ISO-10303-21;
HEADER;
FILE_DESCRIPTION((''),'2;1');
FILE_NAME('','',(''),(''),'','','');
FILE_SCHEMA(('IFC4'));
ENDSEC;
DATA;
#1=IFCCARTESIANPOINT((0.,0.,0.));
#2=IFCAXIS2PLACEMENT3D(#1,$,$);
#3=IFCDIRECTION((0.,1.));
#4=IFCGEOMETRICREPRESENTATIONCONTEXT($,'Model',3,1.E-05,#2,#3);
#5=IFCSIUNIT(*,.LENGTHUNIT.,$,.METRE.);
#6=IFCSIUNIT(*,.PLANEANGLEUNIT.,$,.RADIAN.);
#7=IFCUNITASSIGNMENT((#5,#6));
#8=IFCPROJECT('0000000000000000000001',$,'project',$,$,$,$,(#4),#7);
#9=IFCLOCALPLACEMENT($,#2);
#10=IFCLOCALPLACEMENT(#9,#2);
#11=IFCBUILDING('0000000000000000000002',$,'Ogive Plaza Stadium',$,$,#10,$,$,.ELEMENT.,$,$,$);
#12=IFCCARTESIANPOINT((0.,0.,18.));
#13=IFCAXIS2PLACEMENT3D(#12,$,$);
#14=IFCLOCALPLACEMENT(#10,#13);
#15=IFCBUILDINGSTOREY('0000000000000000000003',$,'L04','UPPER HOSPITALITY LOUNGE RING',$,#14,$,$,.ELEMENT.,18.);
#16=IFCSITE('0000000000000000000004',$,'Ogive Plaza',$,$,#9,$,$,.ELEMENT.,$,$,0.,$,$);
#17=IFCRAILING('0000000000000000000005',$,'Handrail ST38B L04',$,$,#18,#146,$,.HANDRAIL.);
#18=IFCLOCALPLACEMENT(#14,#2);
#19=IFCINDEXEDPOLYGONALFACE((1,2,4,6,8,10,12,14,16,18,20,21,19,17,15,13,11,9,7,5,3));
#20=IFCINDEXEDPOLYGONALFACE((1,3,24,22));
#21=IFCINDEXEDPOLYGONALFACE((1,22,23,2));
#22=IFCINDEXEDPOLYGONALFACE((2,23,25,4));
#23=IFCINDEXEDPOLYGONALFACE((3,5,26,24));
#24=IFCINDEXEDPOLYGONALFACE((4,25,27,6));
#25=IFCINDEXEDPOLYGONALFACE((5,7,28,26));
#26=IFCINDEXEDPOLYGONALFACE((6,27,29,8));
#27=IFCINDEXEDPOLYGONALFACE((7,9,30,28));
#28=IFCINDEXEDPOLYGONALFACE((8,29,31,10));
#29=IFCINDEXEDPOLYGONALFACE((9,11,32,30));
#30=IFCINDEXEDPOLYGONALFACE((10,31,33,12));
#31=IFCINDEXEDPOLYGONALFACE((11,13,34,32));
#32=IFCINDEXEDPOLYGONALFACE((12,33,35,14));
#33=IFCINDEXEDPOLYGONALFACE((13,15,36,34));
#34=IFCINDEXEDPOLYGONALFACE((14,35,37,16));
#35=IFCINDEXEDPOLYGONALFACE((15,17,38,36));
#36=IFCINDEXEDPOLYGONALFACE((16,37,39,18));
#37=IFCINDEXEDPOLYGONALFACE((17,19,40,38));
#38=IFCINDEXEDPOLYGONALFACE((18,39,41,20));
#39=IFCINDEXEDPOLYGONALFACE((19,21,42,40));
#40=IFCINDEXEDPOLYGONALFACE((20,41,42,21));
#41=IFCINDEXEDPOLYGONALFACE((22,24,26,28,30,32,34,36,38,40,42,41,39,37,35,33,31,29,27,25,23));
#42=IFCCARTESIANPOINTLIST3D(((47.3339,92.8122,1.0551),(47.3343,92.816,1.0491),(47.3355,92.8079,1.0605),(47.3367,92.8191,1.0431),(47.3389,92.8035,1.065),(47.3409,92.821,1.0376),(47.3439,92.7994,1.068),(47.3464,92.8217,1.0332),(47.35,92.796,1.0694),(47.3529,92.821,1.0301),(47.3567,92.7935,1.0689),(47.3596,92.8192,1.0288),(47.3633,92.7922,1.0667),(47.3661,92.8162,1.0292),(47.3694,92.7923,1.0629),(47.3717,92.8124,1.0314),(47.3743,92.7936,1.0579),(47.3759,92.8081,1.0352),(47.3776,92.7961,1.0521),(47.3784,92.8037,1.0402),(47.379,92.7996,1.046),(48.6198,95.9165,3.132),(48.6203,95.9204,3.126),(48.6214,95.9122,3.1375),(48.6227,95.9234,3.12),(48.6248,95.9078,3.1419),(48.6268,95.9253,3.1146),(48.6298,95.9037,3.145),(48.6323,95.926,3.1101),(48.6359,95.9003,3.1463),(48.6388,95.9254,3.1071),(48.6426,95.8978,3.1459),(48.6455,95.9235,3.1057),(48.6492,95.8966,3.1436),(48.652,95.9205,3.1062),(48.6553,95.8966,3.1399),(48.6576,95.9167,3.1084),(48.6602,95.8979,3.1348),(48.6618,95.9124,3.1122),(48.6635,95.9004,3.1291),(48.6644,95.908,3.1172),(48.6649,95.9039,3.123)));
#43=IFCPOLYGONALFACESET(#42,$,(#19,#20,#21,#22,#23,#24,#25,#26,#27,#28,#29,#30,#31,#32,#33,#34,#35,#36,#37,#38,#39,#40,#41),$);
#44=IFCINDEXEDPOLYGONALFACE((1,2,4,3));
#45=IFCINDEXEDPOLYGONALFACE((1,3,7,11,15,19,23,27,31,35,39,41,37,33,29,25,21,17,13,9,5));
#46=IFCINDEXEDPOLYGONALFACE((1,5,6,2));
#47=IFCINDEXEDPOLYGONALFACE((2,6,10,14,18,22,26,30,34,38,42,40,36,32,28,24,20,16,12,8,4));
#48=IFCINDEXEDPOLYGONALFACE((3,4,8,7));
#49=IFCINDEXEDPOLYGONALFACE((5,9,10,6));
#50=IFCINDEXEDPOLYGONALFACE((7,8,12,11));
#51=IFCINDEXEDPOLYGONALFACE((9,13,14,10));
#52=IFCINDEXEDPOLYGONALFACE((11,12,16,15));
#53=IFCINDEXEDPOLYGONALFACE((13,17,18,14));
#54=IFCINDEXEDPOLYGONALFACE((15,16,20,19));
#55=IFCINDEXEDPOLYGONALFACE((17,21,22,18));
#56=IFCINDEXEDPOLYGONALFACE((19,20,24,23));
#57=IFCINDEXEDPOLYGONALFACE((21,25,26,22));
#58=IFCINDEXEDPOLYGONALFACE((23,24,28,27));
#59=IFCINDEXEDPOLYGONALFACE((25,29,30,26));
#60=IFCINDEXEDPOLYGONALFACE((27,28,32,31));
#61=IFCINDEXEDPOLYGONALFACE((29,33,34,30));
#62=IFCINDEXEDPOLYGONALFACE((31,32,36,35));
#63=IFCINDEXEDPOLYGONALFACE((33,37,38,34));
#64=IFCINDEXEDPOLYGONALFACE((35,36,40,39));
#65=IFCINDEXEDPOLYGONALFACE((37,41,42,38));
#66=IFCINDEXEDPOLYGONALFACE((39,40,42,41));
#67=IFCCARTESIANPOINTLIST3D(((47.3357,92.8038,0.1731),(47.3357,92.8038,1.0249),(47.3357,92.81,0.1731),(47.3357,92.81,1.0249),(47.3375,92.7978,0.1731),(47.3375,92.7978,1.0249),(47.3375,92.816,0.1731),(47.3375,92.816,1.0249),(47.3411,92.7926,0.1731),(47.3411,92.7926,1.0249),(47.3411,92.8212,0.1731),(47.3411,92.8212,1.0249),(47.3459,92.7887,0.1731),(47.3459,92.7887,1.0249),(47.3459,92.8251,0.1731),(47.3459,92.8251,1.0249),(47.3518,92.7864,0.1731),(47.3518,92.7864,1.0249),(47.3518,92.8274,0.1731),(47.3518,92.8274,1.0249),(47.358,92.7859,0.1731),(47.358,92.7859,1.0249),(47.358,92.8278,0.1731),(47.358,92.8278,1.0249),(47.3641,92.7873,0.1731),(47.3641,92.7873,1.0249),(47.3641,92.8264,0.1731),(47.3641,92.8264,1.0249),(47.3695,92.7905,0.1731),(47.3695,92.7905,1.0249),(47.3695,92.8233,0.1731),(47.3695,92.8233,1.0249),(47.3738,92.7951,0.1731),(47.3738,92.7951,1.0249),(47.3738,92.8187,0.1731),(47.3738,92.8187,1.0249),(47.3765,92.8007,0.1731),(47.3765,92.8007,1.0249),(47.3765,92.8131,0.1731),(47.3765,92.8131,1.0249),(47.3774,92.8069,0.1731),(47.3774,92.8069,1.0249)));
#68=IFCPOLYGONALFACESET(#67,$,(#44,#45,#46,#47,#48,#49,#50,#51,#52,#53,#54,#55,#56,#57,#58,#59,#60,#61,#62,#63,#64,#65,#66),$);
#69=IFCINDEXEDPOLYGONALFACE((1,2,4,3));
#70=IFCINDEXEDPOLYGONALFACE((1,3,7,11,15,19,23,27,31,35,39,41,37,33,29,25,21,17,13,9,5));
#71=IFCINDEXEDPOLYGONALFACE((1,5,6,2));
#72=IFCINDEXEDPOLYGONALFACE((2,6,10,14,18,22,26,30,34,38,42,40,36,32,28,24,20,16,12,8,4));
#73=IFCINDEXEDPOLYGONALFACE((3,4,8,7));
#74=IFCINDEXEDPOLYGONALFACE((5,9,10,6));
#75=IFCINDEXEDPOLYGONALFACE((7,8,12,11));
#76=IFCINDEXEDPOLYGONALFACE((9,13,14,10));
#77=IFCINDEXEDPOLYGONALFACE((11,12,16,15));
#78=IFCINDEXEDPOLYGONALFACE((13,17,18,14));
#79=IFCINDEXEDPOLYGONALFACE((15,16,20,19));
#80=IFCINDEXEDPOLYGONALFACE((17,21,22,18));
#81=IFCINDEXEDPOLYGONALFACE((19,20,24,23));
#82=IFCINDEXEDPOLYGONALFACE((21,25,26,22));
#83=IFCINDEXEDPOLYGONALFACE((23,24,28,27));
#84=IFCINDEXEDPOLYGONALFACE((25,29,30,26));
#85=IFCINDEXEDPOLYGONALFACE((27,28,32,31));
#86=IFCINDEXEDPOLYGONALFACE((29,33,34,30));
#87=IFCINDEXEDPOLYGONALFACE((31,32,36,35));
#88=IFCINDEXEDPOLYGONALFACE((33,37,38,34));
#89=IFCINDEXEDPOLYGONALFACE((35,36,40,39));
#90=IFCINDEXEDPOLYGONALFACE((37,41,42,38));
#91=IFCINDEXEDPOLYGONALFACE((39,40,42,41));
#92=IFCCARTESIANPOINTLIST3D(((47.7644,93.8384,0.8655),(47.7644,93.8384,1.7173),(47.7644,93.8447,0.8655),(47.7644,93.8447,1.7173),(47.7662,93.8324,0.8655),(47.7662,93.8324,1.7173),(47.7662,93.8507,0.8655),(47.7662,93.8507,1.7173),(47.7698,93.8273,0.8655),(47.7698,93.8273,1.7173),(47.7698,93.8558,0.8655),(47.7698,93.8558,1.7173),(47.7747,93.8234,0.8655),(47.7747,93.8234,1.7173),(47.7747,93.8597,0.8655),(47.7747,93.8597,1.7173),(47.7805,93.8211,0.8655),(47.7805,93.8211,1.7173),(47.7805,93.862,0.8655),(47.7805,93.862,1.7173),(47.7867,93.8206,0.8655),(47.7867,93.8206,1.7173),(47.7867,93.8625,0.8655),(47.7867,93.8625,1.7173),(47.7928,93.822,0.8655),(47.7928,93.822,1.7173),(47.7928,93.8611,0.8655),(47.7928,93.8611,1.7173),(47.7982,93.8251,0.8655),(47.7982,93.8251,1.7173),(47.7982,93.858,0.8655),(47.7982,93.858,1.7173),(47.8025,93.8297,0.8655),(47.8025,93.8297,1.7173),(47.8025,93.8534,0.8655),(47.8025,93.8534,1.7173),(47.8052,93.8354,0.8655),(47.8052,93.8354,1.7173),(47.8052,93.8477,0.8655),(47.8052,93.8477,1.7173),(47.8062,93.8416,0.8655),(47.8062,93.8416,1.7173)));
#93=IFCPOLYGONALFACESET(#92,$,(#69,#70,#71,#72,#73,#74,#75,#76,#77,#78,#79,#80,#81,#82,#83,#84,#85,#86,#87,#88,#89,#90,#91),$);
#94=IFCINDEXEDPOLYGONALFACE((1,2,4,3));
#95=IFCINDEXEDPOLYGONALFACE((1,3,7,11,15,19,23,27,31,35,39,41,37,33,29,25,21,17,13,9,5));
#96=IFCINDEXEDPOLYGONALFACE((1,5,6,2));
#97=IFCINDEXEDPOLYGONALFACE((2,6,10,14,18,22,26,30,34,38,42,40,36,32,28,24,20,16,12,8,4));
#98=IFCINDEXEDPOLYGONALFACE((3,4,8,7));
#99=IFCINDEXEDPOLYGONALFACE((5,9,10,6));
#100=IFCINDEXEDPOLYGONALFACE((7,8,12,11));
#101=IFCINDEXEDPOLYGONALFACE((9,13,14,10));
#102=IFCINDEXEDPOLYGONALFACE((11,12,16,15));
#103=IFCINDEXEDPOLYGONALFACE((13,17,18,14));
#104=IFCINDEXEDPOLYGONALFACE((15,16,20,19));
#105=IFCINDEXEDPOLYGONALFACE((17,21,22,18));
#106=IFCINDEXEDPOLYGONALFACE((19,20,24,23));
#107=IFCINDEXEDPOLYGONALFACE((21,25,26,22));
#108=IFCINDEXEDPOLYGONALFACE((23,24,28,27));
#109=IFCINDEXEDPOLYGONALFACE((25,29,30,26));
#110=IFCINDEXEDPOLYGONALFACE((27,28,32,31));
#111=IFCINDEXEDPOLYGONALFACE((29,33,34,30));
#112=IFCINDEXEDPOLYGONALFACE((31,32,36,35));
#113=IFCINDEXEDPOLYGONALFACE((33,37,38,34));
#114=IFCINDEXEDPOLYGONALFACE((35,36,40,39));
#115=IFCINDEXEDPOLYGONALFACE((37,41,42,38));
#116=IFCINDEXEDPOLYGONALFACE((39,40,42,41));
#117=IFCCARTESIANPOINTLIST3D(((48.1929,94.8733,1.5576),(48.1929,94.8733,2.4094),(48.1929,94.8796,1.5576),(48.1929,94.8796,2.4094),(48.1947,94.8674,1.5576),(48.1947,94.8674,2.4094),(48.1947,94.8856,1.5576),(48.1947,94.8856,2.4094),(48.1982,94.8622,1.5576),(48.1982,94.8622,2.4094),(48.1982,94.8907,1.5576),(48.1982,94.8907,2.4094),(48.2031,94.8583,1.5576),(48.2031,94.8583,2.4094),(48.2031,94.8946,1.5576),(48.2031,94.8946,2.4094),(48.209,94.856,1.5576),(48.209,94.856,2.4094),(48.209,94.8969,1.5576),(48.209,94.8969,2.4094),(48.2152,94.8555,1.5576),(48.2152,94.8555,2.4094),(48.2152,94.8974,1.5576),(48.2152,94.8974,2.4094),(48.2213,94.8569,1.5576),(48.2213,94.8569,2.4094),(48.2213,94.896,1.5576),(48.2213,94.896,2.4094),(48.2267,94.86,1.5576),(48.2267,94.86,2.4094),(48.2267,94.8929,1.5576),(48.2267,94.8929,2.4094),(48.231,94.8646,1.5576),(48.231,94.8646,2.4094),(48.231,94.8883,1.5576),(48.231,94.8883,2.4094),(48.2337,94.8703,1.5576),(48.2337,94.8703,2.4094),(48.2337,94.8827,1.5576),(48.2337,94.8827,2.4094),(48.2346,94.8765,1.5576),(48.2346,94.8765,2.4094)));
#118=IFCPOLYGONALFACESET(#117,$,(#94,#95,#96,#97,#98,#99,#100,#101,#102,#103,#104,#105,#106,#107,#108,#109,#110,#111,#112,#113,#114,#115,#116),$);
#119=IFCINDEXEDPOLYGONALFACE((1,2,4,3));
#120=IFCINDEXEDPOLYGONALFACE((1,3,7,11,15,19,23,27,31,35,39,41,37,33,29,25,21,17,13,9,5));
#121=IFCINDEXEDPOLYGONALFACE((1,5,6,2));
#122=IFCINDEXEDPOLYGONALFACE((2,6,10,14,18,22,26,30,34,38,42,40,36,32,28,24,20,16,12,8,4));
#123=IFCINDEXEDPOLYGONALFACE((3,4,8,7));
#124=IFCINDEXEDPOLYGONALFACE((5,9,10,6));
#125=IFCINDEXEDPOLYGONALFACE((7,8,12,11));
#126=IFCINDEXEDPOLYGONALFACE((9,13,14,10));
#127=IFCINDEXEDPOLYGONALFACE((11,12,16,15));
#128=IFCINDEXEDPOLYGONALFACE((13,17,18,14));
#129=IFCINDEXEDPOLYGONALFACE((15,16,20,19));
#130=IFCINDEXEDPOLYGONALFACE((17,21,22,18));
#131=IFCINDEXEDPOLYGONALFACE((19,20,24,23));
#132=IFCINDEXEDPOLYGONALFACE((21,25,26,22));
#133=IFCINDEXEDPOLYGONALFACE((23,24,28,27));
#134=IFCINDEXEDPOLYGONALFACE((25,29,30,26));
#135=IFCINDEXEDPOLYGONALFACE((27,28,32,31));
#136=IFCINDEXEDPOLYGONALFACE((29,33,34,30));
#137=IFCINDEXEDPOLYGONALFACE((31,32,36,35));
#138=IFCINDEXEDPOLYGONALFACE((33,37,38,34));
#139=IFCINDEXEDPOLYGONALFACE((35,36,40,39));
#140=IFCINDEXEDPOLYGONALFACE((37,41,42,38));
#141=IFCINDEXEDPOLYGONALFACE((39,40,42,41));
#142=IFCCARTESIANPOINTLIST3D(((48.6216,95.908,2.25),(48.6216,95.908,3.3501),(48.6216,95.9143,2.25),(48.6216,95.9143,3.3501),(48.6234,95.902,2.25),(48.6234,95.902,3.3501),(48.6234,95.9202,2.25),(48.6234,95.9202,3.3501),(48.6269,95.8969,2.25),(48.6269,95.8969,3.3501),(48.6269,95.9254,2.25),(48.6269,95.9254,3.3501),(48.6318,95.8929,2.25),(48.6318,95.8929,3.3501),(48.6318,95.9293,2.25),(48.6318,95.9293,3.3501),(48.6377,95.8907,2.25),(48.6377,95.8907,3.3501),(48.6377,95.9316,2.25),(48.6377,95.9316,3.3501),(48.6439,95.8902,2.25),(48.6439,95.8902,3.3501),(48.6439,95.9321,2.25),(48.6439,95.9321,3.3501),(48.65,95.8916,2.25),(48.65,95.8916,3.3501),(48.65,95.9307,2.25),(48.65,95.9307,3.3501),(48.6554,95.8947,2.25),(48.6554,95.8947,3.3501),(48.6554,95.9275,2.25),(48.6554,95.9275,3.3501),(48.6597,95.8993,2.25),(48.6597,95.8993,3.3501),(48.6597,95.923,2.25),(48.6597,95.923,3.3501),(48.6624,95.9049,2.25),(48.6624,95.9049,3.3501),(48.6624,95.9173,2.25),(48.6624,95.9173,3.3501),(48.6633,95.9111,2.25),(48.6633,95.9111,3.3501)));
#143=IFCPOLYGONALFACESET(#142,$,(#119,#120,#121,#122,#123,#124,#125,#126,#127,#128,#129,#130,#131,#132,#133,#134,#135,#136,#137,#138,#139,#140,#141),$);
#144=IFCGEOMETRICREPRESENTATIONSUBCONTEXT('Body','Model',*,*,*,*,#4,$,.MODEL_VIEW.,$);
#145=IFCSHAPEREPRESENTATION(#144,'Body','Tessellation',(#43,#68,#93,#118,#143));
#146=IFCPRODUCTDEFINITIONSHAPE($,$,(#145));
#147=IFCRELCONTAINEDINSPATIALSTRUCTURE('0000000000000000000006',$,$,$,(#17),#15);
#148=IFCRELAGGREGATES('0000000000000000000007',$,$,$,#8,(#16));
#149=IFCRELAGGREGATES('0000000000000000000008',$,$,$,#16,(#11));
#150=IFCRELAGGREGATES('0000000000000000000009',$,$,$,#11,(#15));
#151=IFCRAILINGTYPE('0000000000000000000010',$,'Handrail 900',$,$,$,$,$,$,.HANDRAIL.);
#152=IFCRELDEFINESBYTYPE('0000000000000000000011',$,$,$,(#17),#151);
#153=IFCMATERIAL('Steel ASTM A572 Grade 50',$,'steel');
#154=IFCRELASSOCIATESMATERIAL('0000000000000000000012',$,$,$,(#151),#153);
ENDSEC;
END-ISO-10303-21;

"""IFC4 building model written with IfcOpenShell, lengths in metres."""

from ifc_helpers import new_model, si_unit, direction, frame, origin, origin_2d, place, context, subcontext, project, spatial, circle, extrude, material, type_object, element, save


model = new_model("IFC4")

# Units and contexts
model_context = context("Model", 3, precision=1e-05, world=origin(), true_north=direction((0.0, 1.0)))
body_context = subcontext(model_context, "Body", "Model", "MODEL_VIEW")
ifc_project = project(units=[si_unit("LENGTHUNIT", "METRE"), si_unit("PLANEANGLEUNIT", "RADIAN")], contexts=[model_context])

# Site, building, storey
site_placement = place(None, origin())
site = spatial("IfcSite", under=ifc_project, at=site_placement, Name="Ogive Plaza", CompositionType="ELEMENT", RefElevation=0.0)
building_placement = place(site_placement, origin())
building = spatial("IfcBuilding", under=site, at=building_placement, Name="Ogive Plaza Stadium", CompositionType="ELEMENT")
storey_placement = place(building_placement, frame((0.0, 0.0, 18.0)))
storey = spatial("IfcBuildingStorey", under=building, at=storey_placement, Name="L04", Description="UPPER HOSPITALITY LOUNGE RING", CompositionType="ELEMENT", Elevation=18.0)

# Railing
ifc_material_1 = material(Name="Steel ASTM A572 Grade 50", Category="steel")
railing_type_1 = type_object("IfcRailingType", Name="Handrail 900", PredefinedType="HANDRAIL", material=ifc_material_1)
for number, where, name in (
    (1, (47.3564, 92.8069, 0.1731), "Handrail ST38B L04"),
):
    element("IfcRailing", number, at=place(storey_placement, frame(where)), inside=storey, type_object=railing_type_1, Name=name, PredefinedType="HANDRAIL", context=body_context, shape_type="SweptSolid", body=[
        extrude(circle(Radius=0.0239, at=origin_2d()), frame((0.0, 0.0, 0.876), z_axis=(0.325532, 0.785863, 0.525783), x_axis=(-0.923872, 0.3827, 0.0)), (0.0, 0.0, 1.0), 3.9502),
        extrude(circle(Radius=0.021, at=origin_2d()), origin(), (0.0, 0.0, 1.0), 0.8518),
        extrude(circle(Radius=0.021, at=origin_2d()), frame((0.4287, 1.0347, 0.6924)), (0.0, 0.0, 1.0), 0.8518),
        extrude(circle(Radius=0.021, at=origin_2d()), frame((0.8572, 2.0696, 1.3845)), (0.0, 0.0, 1.0), 0.8518),
        extrude(circle(Radius=0.021, at=origin_2d()), frame((1.2859, 3.1042, 2.0769)), (0.0, 0.0, 1.0), 1.1001),
    ])

save(model, "model.ifc")
